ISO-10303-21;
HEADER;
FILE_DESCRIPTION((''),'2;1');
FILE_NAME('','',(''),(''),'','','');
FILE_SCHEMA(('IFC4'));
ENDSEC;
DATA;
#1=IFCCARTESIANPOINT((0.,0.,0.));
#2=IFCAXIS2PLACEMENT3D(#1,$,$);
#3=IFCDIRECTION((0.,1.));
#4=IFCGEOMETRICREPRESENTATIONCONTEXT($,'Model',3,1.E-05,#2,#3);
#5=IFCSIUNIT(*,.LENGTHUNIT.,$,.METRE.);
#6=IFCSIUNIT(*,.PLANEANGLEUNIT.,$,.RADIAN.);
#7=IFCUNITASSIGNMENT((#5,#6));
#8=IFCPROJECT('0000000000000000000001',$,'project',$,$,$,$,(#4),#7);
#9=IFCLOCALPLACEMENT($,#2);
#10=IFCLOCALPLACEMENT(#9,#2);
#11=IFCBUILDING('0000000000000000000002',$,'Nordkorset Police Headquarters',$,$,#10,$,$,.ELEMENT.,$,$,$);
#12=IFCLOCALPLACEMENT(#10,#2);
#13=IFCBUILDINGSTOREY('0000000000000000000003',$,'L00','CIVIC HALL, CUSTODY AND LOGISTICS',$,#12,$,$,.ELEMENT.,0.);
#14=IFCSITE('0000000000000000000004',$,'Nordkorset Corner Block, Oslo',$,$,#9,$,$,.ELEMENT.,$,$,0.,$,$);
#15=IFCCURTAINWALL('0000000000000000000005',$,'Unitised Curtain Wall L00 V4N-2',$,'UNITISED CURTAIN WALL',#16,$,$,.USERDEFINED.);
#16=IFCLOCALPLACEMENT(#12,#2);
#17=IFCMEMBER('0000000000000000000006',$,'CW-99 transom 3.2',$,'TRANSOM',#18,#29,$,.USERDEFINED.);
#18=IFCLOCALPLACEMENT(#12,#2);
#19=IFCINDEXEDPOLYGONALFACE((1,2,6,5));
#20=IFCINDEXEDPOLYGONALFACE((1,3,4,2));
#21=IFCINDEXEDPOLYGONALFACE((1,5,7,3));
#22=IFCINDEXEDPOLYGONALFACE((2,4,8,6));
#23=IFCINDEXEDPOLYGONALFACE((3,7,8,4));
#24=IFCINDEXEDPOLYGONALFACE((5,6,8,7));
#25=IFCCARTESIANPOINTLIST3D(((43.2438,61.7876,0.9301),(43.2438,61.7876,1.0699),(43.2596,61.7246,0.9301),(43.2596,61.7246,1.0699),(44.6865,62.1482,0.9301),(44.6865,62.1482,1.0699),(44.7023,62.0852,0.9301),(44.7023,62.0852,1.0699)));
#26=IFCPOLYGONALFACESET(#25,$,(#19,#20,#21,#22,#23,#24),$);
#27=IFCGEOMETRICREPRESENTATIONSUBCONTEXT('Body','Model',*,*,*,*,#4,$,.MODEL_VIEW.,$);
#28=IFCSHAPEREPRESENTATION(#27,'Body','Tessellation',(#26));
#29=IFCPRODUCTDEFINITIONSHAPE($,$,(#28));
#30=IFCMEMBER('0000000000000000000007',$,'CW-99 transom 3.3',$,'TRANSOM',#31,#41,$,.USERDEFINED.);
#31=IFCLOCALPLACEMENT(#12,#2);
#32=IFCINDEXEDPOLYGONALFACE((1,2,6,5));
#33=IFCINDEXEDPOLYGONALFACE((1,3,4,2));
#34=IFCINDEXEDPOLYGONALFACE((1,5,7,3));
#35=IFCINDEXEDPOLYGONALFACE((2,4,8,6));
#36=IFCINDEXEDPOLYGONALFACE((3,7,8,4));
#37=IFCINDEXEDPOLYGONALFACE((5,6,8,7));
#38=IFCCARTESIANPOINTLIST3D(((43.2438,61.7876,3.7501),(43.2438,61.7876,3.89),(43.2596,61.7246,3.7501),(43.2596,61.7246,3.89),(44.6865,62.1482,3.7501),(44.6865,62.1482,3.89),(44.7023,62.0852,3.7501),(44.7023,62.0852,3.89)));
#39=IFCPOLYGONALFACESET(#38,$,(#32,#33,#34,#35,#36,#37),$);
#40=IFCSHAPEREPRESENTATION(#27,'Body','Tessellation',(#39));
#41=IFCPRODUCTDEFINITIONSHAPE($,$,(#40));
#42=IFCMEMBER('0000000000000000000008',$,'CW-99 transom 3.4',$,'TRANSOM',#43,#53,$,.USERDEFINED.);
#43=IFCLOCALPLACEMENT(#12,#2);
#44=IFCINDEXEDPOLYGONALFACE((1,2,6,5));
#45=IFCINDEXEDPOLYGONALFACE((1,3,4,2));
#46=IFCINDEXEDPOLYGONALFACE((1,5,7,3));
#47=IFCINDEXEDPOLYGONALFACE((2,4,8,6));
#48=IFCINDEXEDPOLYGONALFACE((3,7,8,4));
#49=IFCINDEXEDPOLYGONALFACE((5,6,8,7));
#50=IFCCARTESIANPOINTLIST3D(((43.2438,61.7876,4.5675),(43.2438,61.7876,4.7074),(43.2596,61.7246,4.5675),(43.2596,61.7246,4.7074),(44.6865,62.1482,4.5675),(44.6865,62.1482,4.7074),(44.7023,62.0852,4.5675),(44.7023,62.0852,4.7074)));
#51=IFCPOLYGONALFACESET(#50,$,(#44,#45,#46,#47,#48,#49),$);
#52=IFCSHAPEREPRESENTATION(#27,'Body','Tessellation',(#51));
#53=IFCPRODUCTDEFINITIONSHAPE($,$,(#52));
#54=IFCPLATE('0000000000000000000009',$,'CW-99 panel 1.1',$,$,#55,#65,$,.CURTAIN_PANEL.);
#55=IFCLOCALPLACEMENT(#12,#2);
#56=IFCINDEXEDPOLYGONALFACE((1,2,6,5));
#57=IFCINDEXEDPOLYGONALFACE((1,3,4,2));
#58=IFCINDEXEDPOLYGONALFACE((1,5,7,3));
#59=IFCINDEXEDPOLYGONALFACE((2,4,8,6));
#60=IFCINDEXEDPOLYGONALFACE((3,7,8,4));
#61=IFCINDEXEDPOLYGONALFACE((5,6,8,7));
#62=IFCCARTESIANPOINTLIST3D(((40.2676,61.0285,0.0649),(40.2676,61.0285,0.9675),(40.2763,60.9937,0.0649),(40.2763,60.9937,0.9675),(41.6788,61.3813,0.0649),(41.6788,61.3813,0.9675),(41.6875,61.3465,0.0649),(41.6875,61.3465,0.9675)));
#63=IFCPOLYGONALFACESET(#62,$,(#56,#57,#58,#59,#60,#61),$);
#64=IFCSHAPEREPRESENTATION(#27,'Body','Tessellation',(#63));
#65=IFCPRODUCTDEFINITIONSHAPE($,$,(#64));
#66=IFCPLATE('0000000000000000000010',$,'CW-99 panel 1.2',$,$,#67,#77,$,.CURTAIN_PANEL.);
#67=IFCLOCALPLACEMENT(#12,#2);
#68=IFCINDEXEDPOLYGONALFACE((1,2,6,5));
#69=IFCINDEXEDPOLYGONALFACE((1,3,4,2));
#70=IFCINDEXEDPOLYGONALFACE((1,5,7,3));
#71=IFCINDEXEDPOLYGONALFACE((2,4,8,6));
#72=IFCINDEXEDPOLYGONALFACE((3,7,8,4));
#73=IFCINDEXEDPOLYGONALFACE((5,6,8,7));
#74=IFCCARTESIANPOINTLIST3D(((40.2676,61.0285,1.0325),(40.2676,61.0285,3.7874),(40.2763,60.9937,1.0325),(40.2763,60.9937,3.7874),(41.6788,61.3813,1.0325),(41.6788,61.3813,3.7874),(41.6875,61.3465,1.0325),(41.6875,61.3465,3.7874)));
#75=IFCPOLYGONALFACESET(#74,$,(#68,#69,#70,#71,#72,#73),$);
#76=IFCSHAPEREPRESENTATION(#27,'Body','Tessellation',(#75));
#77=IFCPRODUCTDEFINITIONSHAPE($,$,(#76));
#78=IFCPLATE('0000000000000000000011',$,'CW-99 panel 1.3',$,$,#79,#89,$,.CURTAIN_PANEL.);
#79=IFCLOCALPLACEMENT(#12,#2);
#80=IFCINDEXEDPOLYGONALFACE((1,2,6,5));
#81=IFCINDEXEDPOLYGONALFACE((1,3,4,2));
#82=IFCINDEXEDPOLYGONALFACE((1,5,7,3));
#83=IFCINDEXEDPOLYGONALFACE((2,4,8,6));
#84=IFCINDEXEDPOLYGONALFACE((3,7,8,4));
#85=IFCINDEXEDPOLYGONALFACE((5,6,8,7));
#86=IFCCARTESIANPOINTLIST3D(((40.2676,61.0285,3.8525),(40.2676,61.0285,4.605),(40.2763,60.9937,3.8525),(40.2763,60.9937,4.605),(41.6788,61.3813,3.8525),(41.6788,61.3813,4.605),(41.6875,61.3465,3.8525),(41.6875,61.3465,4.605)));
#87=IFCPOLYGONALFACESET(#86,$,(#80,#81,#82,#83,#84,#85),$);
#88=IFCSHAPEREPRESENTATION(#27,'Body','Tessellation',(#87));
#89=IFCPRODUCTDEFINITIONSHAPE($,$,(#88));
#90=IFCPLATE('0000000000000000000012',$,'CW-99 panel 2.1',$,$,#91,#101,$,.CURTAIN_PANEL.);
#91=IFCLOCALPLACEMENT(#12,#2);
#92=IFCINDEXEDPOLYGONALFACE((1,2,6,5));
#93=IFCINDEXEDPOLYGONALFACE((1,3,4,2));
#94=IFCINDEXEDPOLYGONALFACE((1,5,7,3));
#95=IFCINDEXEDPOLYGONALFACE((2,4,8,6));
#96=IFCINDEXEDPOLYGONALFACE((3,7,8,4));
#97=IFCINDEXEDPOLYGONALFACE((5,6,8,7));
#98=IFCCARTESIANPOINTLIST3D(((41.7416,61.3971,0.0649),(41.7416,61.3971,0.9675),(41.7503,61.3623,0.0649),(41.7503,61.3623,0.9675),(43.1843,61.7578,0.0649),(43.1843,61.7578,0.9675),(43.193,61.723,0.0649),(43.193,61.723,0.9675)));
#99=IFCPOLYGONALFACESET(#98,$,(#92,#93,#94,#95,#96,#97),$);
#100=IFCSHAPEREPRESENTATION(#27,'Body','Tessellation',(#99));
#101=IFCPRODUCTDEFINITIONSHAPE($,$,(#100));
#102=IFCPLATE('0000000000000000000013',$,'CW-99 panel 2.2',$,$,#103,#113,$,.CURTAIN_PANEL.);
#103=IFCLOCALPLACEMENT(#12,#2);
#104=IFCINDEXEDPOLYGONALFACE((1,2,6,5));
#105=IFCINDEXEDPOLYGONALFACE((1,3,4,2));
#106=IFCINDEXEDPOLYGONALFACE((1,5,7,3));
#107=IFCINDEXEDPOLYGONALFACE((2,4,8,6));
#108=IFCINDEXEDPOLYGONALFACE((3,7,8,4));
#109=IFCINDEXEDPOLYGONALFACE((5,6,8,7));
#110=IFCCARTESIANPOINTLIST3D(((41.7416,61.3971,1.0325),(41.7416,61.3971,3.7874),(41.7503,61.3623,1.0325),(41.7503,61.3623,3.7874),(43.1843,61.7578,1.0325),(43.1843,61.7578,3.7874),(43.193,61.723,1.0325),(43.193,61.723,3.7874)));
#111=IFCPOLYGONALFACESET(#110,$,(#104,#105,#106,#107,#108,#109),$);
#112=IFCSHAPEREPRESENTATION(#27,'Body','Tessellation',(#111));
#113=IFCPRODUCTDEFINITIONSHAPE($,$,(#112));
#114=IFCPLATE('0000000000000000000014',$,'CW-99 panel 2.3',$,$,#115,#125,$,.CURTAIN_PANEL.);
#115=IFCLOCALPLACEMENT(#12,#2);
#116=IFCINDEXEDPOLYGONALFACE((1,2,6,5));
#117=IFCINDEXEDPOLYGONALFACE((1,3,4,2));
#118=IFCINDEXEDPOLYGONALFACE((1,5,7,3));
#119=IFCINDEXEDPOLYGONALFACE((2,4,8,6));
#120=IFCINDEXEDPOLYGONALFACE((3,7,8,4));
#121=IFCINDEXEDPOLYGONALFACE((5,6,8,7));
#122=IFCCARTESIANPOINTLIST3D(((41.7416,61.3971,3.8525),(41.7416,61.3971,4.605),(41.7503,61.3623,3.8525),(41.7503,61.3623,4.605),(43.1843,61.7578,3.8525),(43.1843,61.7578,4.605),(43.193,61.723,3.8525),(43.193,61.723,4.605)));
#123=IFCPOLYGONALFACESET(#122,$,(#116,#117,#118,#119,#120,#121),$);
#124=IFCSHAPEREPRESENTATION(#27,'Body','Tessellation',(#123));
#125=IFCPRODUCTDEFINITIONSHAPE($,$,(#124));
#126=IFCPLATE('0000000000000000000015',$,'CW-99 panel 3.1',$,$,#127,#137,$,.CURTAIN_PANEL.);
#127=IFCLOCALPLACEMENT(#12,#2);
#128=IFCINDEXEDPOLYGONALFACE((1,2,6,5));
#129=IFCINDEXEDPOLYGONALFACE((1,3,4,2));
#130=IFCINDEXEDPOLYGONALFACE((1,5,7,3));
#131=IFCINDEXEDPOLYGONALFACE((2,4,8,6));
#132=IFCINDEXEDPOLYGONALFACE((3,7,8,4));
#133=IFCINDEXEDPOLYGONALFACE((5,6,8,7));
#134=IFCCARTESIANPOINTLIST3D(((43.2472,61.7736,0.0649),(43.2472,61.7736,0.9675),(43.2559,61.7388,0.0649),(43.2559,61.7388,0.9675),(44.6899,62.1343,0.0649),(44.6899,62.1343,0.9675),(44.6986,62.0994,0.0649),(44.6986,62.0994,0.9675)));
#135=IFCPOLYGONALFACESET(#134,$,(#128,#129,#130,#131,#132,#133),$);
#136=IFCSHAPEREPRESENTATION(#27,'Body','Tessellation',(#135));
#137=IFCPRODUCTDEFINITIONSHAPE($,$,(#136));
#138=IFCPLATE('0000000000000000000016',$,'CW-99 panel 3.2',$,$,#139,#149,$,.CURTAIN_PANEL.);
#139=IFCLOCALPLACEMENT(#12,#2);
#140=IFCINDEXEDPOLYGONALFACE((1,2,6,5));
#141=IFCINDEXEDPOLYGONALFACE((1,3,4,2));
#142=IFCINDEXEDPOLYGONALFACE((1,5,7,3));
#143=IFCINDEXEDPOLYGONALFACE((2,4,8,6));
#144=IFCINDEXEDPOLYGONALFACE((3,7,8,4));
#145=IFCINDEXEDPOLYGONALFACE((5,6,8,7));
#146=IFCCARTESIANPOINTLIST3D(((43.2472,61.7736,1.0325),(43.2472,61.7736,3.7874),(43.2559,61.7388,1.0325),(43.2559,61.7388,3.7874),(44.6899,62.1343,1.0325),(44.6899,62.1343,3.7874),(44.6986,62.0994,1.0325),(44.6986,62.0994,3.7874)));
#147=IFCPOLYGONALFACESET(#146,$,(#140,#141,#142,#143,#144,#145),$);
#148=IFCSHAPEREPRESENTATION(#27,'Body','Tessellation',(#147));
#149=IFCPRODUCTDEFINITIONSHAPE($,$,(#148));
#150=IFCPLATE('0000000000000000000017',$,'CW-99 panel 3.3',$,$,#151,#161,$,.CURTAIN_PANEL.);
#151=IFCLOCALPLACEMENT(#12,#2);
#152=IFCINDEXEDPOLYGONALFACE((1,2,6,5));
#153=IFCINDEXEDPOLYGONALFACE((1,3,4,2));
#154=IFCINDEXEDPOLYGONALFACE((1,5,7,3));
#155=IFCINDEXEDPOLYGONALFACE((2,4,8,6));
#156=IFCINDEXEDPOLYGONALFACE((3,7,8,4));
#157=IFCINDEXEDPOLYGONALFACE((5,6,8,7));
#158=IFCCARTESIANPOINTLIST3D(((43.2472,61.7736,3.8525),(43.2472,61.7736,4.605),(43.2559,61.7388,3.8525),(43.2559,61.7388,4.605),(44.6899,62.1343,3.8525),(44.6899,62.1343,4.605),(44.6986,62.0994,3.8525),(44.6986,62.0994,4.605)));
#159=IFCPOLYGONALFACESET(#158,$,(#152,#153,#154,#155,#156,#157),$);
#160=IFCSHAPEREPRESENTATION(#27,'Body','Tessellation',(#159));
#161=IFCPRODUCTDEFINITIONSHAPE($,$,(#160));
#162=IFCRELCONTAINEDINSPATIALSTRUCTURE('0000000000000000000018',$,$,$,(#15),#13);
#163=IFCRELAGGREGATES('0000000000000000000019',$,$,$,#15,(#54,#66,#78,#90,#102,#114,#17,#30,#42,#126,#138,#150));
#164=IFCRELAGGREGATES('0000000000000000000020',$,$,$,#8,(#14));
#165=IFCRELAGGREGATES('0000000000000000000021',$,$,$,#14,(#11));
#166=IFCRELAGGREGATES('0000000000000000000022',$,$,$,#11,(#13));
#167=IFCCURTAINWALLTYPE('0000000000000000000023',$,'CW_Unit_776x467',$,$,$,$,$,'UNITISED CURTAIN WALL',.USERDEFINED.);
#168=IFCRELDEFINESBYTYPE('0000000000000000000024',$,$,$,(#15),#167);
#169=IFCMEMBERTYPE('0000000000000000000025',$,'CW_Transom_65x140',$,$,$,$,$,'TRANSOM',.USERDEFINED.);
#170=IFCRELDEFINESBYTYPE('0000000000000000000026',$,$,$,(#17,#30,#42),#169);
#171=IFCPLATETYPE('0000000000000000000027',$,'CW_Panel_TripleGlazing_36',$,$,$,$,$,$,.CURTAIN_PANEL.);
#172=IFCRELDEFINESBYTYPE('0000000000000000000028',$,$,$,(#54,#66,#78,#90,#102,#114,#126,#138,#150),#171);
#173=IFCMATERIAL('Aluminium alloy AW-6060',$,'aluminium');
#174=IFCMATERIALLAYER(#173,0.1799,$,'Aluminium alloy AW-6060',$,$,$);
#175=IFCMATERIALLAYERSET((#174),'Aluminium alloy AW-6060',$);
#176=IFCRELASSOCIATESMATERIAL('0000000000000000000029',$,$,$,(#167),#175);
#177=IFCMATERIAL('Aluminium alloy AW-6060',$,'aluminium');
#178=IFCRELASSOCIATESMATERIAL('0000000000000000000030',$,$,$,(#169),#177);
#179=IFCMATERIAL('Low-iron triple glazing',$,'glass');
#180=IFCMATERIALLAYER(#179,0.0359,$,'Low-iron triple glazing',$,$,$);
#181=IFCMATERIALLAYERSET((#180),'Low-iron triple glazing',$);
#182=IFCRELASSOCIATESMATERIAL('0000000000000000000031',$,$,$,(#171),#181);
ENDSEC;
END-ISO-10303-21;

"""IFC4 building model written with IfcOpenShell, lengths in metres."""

from ifc_helpers import new_model, si_unit, direction, frame, origin, origin_2d, place, context, subcontext, project, spatial, rectangle, extrude, material, layer, layer_set, material_profile, profile_set, type_object, element, aggregate, save


model = new_model("IFC4")

# Units and contexts
model_context = context("Model", 3, precision=1e-05, world=origin(), true_north=direction((0.0, 1.0)))
body_context = subcontext(model_context, "Body", "Model", "MODEL_VIEW")
ifc_project = project(units=[si_unit("LENGTHUNIT", "METRE"), si_unit("PLANEANGLEUNIT", "RADIAN")], contexts=[model_context])

# Site, building, storey
site_placement = place(None, origin())
site = spatial("IfcSite", under=ifc_project, at=site_placement, Name="Nordkorset Corner Block, Oslo", CompositionType="ELEMENT", RefElevation=0.0)
building_placement = place(site_placement, origin())
building = spatial("IfcBuilding", under=site, at=building_placement, Name="Nordkorset Police Headquarters", CompositionType="ELEMENT")
storey_placement = place(building_placement, origin())
storey = spatial("IfcBuildingStorey", under=building, at=storey_placement, Name="L00", Description="CIVIC HALL, CUSTODY AND LOGISTICS", CompositionType="ELEMENT", Elevation=0.0)

# Curtain wall, members, plates
ifc_material_1 = material(Name="Aluminium alloy AW-6060", Category="aluminium")
ifc_layer_1 = layer(ifc_material_1, 0.1799, Name="Aluminium alloy AW-6060")
ifc_layer_set_1 = layer_set([ifc_layer_1], Name="Aluminium alloy AW-6060")
curtain_wall_type = type_object("IfcCurtainWallType", Name="CW_Unit_776x467", ElementType="UNITISED CURTAIN WALL", PredefinedType="USERDEFINED", material=ifc_layer_set_1)
curtain_wall_placement = place(storey_placement, origin())
curtain_wall = element("IfcCurtainWall", 1, at=curtain_wall_placement, inside=storey, type_object=curtain_wall_type, Name="Unitised Curtain Wall L00 V4N-2", ObjectType="UNITISED CURTAIN WALL", PredefinedType="USERDEFINED")
ifc_material_2 = material(Name="Aluminium alloy AW-6060", Category="aluminium")
ifc_material_profile_1 = material_profile(ifc_material_2, rectangle(XDim=0.0649, YDim=0.1399, at=origin_2d()), Name="ALU TRAN 65x140")
ifc_profile_set_1 = profile_set([ifc_material_profile_1], Name="Aluminium alloy AW-6060")
member_type_1 = type_object("IfcMemberType", Name="CW_Transom_65x140", ElementType="TRANSOM", PredefinedType="USERDEFINED", material=ifc_profile_set_1)
member_1_placement = place(storey_placement, frame((43.2517, 61.7561, 1.0), z_axis=(0.970152, 0.242497, 0.0), x_axis=(-0.242497, 0.970152, 0.0)))
member_1 = element("IfcMember", 2, at=member_1_placement, type_object=member_type_1, Name="CW-99 transom 3.2", ObjectType="TRANSOM", PredefinedType="USERDEFINED", context=body_context, shape_type="SweptSolid", body=[
    extrude(rectangle(XDim=0.0649, YDim=0.1399, at=origin_2d()), origin(), (0.0, 0.0, 1.0), 1.4871),
])
member_2_placement = place(storey_placement, frame((43.2517, 61.7561, 3.8201), z_axis=(0.970152, 0.242497, 0.0), x_axis=(-0.242497, 0.970152, 0.0)))
member_2 = element("IfcMember", 3, at=member_2_placement, type_object=member_type_1, Name="CW-99 transom 3.3", ObjectType="TRANSOM", PredefinedType="USERDEFINED", context=body_context, shape_type="SweptSolid", body=[
    extrude(rectangle(XDim=0.0649, YDim=0.1399, at=origin_2d()), origin(), (0.0, 0.0, 1.0), 1.4871),
])
member_3_placement = place(storey_placement, frame((43.2517, 61.7561, 4.6375), z_axis=(0.970152, 0.242497, 0.0), x_axis=(-0.242497, 0.970152, 0.0)))
member_3 = element("IfcMember", 4, at=member_3_placement, type_object=member_type_1, Name="CW-99 transom 3.4", ObjectType="TRANSOM", PredefinedType="USERDEFINED", context=body_context, shape_type="SweptSolid", body=[
    extrude(rectangle(XDim=0.0649, YDim=0.1399, at=origin_2d()), origin(), (0.0, 0.0, 1.0), 1.4871),
])
ifc_material_3 = material(Name="Low-iron triple glazing", Category="glass")
ifc_layer_2 = layer(ifc_material_3, 0.0359, Name="Low-iron triple glazing")
ifc_layer_set_2 = layer_set([ifc_layer_2], Name="Low-iron triple glazing")
plate_type = type_object("IfcPlateType", Name="CW_Panel_TripleGlazing_36", PredefinedType="CURTAIN_PANEL", material=ifc_layer_set_2)
plate_1_placement = place(storey_placement, frame((40.9775, 61.1875, 0.0649), z_axis=(0.0, 0.0, 1.0), x_axis=(0.970142, 0.242536, 0.0)))
plate_1 = element("IfcPlate", 5, at=plate_1_placement, type_object=plate_type, Name="CW-99 panel 1.1", PredefinedType="CURTAIN_PANEL", context=body_context, shape_type="SweptSolid", body=[
    extrude(rectangle(XDim=1.4546, YDim=0.0359, at=origin_2d()), origin(), (0.0, 0.0, 1.0), 0.9026),
])
plate_2_placement = place(storey_placement, frame((40.9775, 61.1875, 1.0325), z_axis=(0.0, 0.0, 1.0), x_axis=(0.970142, 0.242536, 0.0)))
plate_2 = element("IfcPlate", 6, at=plate_2_placement, type_object=plate_type, Name="CW-99 panel 1.2", PredefinedType="CURTAIN_PANEL", context=body_context, shape_type="SweptSolid", body=[
    extrude(rectangle(XDim=1.4546, YDim=0.0359, at=origin_2d()), origin(), (0.0, 0.0, 1.0), 2.7549),
])
plate_3_placement = place(storey_placement, frame((40.9775, 61.1875, 3.8525), z_axis=(0.0, 0.0, 1.0), x_axis=(0.970142, 0.242536, 0.0)))
plate_3 = element("IfcPlate", 7, at=plate_3_placement, type_object=plate_type, Name="CW-99 panel 1.3", PredefinedType="CURTAIN_PANEL", context=body_context, shape_type="SweptSolid", body=[
    extrude(rectangle(XDim=1.4546, YDim=0.0359, at=origin_2d()), origin(), (0.0, 0.0, 1.0), 0.7524),
])
plate_4_placement = place(storey_placement, frame((42.4673, 61.5601, 0.0649), z_axis=(0.0, 0.0, 1.0), x_axis=(0.970142, 0.242536, 0.0)))
plate_4 = element("IfcPlate", 8, at=plate_4_placement, type_object=plate_type, Name="CW-99 panel 2.1", PredefinedType="CURTAIN_PANEL", context=body_context, shape_type="SweptSolid", body=[
    extrude(rectangle(XDim=1.4871, YDim=0.0359, at=origin_2d()), origin(), (0.0, 0.0, 1.0), 0.9026),
])
plate_5_placement = place(storey_placement, frame((42.4673, 61.5601, 1.0325), z_axis=(0.0, 0.0, 1.0), x_axis=(0.970142, 0.242536, 0.0)))
plate_5 = element("IfcPlate", 9, at=plate_5_placement, type_object=plate_type, Name="CW-99 panel 2.2", PredefinedType="CURTAIN_PANEL", context=body_context, shape_type="SweptSolid", body=[
    extrude(rectangle(XDim=1.4871, YDim=0.0359, at=origin_2d()), origin(), (0.0, 0.0, 1.0), 2.7549),
])
plate_6_placement = place(storey_placement, frame((42.4673, 61.5601, 3.8525), z_axis=(0.0, 0.0, 1.0), x_axis=(0.970142, 0.242536, 0.0)))
plate_6 = element("IfcPlate", 10, at=plate_6_placement, type_object=plate_type, Name="CW-99 panel 2.3", PredefinedType="CURTAIN_PANEL", context=body_context, shape_type="SweptSolid", body=[
    extrude(rectangle(XDim=1.4871, YDim=0.0359, at=origin_2d()), origin(), (0.0, 0.0, 1.0), 0.7524),
])
plate_7_placement = place(storey_placement, frame((43.9729, 61.9365, 0.0649), z_axis=(0.0, 0.0, 1.0), x_axis=(0.970142, 0.242536, 0.0)))
plate_7 = element("IfcPlate", 11, at=plate_7_placement, type_object=plate_type, Name="CW-99 panel 3.1", PredefinedType="CURTAIN_PANEL", context=body_context, shape_type="SweptSolid", body=[
    extrude(rectangle(XDim=1.4871, YDim=0.0359, at=origin_2d()), origin(), (0.0, 0.0, 1.0), 0.9026),
])
plate_8_placement = place(storey_placement, frame((43.9729, 61.9365, 1.0325), z_axis=(0.0, 0.0, 1.0), x_axis=(0.970142, 0.242536, 0.0)))
plate_8 = element("IfcPlate", 12, at=plate_8_placement, type_object=plate_type, Name="CW-99 panel 3.2", PredefinedType="CURTAIN_PANEL", context=body_context, shape_type="SweptSolid", body=[
    extrude(rectangle(XDim=1.4871, YDim=0.0359, at=origin_2d()), origin(), (0.0, 0.0, 1.0), 2.7549),
])
plate_9_placement = place(storey_placement, frame((43.9729, 61.9365, 3.8525), z_axis=(0.0, 0.0, 1.0), x_axis=(0.970142, 0.242536, 0.0)))
plate_9 = element("IfcPlate", 13, at=plate_9_placement, type_object=plate_type, Name="CW-99 panel 3.3", PredefinedType="CURTAIN_PANEL", context=body_context, shape_type="SweptSolid", body=[
    extrude(rectangle(XDim=1.4871, YDim=0.0359, at=origin_2d()), origin(), (0.0, 0.0, 1.0), 0.7524),
])
aggregate(curtain_wall, [plate_1, plate_2, plate_3, plate_4, plate_5, plate_6, member_1, member_2, member_3, plate_7, plate_8, plate_9])

save(model, "model.ifc")
